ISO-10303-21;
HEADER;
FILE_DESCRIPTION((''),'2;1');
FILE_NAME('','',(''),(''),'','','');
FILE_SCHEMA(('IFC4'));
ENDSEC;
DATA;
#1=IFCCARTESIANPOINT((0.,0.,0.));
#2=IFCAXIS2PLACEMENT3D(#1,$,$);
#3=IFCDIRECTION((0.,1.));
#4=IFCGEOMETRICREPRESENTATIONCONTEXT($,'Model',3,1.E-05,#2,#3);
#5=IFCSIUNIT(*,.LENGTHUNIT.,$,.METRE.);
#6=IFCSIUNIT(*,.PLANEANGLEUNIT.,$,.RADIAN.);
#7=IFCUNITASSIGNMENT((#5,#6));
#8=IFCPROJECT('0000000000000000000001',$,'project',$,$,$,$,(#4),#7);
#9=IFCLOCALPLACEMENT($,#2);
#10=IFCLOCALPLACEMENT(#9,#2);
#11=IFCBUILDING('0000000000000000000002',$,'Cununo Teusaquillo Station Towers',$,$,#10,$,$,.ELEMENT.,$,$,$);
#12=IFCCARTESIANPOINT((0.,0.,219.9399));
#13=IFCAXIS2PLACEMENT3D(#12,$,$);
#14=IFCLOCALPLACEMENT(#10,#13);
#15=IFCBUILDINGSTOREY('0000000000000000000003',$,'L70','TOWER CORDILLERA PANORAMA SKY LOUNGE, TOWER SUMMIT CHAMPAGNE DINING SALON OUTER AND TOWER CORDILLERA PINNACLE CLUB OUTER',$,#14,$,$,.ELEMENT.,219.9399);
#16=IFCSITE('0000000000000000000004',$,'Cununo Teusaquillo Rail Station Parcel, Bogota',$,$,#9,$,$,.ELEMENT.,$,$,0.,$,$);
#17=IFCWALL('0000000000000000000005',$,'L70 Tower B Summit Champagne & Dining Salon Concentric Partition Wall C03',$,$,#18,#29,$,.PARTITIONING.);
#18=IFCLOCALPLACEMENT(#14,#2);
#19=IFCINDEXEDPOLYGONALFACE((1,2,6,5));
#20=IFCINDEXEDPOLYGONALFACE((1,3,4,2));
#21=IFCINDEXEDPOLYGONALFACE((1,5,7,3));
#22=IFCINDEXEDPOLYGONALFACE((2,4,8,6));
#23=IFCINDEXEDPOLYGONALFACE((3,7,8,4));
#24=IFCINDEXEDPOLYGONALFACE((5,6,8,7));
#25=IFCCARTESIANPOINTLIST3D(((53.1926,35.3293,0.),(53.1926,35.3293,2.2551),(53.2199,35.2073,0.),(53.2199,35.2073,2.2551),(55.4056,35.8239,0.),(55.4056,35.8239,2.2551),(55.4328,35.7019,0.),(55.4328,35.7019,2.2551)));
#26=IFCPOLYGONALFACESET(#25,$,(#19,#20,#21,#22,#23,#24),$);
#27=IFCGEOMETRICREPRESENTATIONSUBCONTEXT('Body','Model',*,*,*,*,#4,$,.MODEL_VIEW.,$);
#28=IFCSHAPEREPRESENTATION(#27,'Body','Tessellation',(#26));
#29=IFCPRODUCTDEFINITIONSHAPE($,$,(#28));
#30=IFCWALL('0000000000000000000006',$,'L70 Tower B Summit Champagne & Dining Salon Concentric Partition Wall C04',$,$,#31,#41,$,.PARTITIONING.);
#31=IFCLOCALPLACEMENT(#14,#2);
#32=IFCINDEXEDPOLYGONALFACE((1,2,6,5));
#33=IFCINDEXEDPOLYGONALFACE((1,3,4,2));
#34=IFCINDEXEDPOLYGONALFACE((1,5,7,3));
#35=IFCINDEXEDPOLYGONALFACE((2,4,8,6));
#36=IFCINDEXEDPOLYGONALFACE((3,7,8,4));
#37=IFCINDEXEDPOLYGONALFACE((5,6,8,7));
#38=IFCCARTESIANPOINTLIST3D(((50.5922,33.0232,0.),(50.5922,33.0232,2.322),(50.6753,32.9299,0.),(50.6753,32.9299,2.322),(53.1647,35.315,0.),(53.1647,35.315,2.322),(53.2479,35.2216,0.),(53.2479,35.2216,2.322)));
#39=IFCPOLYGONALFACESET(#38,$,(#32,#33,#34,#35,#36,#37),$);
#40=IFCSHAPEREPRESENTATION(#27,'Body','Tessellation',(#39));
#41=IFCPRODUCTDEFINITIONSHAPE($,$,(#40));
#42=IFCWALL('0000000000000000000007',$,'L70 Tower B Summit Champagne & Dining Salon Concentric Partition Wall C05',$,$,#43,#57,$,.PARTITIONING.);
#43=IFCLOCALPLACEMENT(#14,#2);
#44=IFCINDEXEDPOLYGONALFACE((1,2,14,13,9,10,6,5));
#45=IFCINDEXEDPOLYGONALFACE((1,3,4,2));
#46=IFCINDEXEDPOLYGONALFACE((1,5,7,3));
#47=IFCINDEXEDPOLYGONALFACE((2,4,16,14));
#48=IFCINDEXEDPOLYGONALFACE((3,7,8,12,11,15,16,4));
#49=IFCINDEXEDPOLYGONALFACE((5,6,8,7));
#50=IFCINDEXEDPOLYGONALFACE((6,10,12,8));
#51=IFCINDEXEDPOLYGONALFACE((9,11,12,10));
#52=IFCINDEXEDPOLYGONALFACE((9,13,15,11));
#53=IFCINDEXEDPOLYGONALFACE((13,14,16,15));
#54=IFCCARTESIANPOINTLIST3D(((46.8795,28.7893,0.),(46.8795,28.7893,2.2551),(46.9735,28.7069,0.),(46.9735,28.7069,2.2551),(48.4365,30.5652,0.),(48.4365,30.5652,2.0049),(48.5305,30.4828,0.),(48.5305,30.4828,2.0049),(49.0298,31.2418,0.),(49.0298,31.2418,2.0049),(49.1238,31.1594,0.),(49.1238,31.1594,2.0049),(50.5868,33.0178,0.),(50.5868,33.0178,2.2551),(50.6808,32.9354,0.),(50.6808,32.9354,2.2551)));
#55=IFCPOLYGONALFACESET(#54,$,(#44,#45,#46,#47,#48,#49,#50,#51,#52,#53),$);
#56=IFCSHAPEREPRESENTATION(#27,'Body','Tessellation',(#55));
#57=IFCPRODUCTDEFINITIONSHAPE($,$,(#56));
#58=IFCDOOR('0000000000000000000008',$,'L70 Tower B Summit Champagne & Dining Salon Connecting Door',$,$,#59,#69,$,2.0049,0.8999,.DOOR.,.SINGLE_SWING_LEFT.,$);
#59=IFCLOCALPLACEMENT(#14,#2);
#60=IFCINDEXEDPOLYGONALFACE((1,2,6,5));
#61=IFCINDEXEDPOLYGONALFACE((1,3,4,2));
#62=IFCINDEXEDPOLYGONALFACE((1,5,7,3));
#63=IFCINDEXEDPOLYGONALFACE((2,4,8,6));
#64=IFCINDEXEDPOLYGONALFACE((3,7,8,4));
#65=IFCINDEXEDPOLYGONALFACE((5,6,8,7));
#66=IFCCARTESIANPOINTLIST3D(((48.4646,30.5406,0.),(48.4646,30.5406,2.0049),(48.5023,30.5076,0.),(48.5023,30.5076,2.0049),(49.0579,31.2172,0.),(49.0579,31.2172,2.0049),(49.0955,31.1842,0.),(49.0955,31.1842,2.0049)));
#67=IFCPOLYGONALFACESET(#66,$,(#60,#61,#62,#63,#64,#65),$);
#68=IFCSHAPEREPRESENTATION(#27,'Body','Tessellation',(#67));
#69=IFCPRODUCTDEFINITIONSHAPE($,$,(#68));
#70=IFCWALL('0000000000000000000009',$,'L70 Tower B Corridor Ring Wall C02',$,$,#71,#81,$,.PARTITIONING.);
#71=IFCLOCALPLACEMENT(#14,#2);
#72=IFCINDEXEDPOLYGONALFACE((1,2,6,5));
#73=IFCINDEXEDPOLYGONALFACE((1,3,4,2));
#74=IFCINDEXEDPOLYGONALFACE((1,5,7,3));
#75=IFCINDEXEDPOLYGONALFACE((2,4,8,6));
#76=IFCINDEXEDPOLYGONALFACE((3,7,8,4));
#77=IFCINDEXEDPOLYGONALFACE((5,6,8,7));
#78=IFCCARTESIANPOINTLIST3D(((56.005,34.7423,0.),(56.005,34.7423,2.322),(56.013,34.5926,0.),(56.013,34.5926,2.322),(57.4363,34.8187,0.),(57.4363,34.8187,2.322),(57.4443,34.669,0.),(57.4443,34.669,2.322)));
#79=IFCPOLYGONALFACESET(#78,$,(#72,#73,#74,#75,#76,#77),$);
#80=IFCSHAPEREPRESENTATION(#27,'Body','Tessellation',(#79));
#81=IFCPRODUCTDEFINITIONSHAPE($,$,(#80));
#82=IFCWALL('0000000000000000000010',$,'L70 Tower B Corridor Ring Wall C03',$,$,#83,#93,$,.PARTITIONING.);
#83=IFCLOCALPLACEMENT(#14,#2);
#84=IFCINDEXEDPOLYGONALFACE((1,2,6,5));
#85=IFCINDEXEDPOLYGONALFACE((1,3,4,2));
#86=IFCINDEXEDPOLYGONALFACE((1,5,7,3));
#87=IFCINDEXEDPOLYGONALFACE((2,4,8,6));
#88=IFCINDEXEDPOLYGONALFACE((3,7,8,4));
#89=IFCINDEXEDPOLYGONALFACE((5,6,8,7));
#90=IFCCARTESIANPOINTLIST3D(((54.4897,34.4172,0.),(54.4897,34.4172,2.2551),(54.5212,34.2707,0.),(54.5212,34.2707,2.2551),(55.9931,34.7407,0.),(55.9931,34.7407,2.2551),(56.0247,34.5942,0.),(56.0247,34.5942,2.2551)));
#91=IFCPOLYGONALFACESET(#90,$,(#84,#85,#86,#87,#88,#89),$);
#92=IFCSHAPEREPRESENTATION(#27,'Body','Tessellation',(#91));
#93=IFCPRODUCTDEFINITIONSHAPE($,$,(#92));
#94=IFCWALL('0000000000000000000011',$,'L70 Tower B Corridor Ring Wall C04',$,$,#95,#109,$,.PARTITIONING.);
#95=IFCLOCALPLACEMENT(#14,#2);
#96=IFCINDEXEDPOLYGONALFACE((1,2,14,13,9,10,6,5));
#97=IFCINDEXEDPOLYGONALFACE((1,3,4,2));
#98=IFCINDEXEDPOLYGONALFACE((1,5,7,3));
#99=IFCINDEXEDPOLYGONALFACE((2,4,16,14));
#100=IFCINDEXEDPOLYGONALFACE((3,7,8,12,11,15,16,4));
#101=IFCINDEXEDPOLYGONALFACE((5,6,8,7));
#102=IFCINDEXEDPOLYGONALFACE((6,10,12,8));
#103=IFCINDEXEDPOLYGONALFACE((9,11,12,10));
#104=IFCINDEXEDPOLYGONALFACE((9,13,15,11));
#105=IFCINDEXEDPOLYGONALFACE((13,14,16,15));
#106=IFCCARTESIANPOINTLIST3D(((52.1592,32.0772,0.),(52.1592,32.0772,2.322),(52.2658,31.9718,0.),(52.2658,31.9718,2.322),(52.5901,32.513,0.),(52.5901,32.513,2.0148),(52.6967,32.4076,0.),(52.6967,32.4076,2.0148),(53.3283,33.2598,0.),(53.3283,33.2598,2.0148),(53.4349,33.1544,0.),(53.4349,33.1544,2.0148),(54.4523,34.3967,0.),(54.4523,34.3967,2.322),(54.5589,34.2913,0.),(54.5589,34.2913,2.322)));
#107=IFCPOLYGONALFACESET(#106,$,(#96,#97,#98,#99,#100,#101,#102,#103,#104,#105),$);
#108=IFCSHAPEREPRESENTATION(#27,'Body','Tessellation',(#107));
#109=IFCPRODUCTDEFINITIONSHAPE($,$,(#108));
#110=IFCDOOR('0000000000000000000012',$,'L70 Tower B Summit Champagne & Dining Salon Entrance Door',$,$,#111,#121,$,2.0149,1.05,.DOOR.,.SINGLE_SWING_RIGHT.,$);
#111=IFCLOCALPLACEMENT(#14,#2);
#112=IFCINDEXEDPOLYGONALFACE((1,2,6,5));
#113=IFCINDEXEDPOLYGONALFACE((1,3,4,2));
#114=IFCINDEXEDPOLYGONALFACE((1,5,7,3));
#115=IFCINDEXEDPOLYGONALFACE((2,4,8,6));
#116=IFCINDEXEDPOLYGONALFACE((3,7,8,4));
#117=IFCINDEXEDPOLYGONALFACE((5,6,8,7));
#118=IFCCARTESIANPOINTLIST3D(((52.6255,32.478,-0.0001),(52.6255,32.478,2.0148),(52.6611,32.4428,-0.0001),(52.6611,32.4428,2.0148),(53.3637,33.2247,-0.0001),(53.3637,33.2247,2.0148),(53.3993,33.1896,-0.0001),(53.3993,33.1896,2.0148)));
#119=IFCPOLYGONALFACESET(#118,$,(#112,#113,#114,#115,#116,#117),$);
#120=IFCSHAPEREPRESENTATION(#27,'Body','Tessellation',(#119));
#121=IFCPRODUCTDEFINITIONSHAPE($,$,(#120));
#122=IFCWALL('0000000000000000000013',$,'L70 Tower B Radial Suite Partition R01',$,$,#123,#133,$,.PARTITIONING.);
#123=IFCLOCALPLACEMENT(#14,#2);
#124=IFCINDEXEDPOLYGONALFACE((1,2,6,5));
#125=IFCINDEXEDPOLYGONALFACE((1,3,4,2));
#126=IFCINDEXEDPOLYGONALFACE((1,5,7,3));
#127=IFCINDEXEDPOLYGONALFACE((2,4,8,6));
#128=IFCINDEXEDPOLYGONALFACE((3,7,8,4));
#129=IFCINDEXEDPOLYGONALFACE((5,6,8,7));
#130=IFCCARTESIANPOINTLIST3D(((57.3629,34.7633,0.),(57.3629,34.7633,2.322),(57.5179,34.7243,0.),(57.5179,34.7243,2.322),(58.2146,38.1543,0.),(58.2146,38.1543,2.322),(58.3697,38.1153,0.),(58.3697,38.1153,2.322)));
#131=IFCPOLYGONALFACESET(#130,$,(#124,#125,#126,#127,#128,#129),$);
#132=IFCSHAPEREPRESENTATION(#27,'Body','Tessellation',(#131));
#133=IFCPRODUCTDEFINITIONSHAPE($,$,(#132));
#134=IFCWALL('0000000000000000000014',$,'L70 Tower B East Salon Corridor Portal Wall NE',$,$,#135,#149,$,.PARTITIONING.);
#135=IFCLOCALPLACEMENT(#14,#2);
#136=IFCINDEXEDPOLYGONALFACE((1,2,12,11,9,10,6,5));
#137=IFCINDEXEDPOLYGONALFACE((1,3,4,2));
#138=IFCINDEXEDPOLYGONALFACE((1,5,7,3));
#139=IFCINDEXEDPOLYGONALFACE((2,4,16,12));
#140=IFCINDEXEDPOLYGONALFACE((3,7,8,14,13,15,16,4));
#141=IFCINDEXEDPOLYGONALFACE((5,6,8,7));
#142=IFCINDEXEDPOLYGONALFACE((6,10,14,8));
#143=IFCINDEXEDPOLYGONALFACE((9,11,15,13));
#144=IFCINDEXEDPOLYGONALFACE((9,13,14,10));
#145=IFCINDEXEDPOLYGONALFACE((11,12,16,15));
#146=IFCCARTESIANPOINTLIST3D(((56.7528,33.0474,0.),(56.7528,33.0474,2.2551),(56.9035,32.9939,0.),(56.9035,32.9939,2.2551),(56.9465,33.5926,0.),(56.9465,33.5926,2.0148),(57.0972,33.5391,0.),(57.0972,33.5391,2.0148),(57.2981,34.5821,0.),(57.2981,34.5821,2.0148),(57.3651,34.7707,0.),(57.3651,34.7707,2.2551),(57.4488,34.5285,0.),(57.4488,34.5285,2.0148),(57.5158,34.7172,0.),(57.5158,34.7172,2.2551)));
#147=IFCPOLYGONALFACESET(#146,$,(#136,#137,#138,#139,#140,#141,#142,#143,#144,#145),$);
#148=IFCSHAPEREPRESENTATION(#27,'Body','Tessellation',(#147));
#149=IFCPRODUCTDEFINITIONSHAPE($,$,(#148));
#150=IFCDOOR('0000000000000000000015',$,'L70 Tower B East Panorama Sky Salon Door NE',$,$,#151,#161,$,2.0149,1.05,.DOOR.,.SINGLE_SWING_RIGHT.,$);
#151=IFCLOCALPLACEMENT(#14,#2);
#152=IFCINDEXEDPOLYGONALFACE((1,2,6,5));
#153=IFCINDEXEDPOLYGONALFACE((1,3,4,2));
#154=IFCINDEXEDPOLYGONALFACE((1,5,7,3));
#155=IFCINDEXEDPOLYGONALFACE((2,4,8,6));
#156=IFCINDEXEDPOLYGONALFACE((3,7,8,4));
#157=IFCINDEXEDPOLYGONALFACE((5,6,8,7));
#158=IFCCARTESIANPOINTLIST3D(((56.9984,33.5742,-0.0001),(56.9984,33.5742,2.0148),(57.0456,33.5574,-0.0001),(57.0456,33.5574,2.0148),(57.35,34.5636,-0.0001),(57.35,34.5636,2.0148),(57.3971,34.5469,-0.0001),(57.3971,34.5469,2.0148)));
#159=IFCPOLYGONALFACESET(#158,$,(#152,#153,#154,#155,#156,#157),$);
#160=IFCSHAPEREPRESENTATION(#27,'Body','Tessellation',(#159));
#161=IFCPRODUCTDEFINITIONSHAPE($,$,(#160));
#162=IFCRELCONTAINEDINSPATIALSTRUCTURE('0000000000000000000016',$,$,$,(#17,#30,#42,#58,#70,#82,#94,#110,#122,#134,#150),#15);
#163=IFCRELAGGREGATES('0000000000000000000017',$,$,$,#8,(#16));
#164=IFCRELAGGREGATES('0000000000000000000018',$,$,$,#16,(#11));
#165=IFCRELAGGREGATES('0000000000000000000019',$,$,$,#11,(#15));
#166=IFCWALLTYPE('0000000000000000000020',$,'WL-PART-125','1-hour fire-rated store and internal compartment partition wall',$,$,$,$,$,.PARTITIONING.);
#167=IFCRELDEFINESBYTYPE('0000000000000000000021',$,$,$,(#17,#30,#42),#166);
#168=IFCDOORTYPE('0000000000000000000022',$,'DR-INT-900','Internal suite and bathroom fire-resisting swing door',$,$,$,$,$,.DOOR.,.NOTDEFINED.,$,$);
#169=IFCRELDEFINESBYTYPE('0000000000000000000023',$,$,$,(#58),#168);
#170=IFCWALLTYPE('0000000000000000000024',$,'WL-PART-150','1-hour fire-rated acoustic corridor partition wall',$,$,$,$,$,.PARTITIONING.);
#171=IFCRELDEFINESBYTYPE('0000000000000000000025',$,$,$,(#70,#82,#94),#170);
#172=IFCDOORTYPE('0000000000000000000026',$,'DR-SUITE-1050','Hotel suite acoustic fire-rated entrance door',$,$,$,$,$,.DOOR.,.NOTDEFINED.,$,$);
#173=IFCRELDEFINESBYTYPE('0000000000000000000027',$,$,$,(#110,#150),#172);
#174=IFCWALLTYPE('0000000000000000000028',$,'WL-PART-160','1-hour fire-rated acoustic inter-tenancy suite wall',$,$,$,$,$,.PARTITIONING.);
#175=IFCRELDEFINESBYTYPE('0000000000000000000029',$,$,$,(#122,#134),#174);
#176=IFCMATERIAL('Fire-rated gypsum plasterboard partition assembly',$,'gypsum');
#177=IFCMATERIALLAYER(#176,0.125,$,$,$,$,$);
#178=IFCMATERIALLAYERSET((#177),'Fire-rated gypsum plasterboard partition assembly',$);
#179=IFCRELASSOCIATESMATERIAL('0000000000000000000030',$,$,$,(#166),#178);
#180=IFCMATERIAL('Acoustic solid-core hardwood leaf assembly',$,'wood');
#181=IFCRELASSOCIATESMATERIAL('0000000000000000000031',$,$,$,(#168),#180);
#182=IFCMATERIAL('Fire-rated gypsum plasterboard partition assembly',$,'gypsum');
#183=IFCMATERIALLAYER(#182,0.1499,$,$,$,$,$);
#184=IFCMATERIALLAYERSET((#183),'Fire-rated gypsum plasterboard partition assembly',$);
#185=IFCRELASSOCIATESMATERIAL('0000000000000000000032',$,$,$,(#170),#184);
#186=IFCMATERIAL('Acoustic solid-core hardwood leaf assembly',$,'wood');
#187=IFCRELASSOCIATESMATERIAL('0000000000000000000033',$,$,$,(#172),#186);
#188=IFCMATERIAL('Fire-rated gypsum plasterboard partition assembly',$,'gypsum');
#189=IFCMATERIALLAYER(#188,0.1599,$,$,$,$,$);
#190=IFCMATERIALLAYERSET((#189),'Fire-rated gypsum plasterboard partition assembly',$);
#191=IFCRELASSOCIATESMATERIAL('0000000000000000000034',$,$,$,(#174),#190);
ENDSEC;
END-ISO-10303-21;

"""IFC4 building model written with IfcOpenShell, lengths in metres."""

from ifc_helpers import new_model, si_unit, direction, frame, frame_2d, origin, place, context, subcontext, project, spatial, rectangle, extrude, source, transform, mapped, material, layer, layer_set, type_object, element, fill, save


model = new_model("IFC4")

# Units and contexts
model_context = context("Model", 3, precision=1e-05, world=origin(), true_north=direction((0.0, 1.0)))
body_context = subcontext(model_context, "Body", "Model", "MODEL_VIEW")
ifc_project = project(units=[si_unit("LENGTHUNIT", "METRE"), si_unit("PLANEANGLEUNIT", "RADIAN")], contexts=[model_context])

# Site, building, storey
site_placement = place(None, origin())
site = spatial("IfcSite", under=ifc_project, at=site_placement, Name="Cununo Teusaquillo Rail Station Parcel, Bogota", CompositionType="ELEMENT", RefElevation=0.0)
building_placement = place(site_placement, origin())
building = spatial("IfcBuilding", under=site, at=building_placement, Name="Cununo Teusaquillo Station Towers", CompositionType="ELEMENT")
storey_placement = place(building_placement, frame((0.0, 0.0, 219.9399)))
storey = spatial("IfcBuildingStorey", under=building, at=storey_placement, Name="L70", Description="TOWER CORDILLERA PANORAMA SKY LOUNGE, TOWER SUMMIT CHAMPAGNE DINING SALON OUTER AND TOWER CORDILLERA PINNACLE CLUB OUTER", CompositionType="ELEMENT", Elevation=219.9399)

# Walls
ifc_material_1 = material(Name="Fire-rated gypsum plasterboard partition assembly", Category="gypsum")
ifc_layer_1 = layer(ifc_material_1, 0.125)
ifc_layer_set_1 = layer_set([ifc_layer_1], Name="Fire-rated gypsum plasterboard partition assembly")
wall_type_1 = type_object("IfcWallType", Name="WL-PART-125", Description="1-hour fire-rated store and internal compartment partition wall", PredefinedType="PARTITIONING", material=ifc_layer_set_1)
wall_1_placement = place(storey_placement, frame((55.4192, 35.7629, 0.0), z_axis=(0.0, 0.0, 1.0), x_axis=(-0.975918, -0.218139, 0.0)))
element("IfcWall", 1, at=wall_1_placement, inside=storey, type_object=wall_type_1, Name="L70 Tower B Summit Champagne & Dining Salon Concentric Partition Wall C03", PredefinedType="PARTITIONING", context=body_context, shape_type="SweptSolid", body=[
    extrude(rectangle(XDim=2.2676, YDim=0.125, at=frame_2d((1.1338, 0.0))), origin(), (0.0, 0.0, 1.0), 2.2551),
])
wall_2_placement = place(storey_placement, frame((53.2063, 35.2683, 0.0), z_axis=(0.0, 0.0, 1.0), x_axis=(-0.746678, -0.665186, 0.0)))
element("IfcWall", 2, at=wall_2_placement, inside=storey, type_object=wall_type_1, Name="L70 Tower B Summit Champagne & Dining Salon Concentric Partition Wall C04", PredefinedType="PARTITIONING", context=body_context, shape_type="SweptSolid", body=[
    extrude(rectangle(XDim=3.4453, YDim=0.125, at=frame_2d((1.7227, 0.0))), origin(), (0.0, 0.0, 1.0), 2.322),
])

# Wall, opening, door
wall_3_placement = place(storey_placement, frame((50.6338, 32.9766, 0.0), z_axis=(0.0, 0.0, 1.0), x_axis=(-0.659242, -0.751931, 0.0)))
wall_3 = element("IfcWall", 3, at=wall_3_placement, inside=storey, type_object=wall_type_1, Name="L70 Tower B Summit Champagne & Dining Salon Concentric Partition Wall C05", PredefinedType="PARTITIONING", context=body_context, shape_type="SweptSolid", body=[
    extrude(rectangle(XDim=5.6235, YDim=0.125, at=frame_2d((2.8118, 0.0))), origin(), (0.0, 0.0, 1.0), 2.2551),
])
shared_shape_1 = source(origin(), body_context, "Body", "SweptSolid", [
    extrude(rectangle(XDim=0.8999, YDim=2.0049, at=frame_2d((0.45, 1.0024))), frame((0.0, 0.0725, 0.0), z_axis=(0.0, -1.0, 0.0), x_axis=(1.0, 0.0, 0.0)), (0.0, 0.0, 1.0), 0.145),
])
opening_1_placement = place(wall_3_placement, frame((2.3618, 0.0, 0.0)))
opening_1 = element("IfcOpeningElement", 4, at=opening_1_placement, cuts=wall_3, PredefinedType="OPENING", context=body_context, shape_type="MappedRepresentation", body=[
    mapped(shared_shape_1, transform((0.0, 0.0, 0.0), x_axis=(1.0, 0.0, 0.0), y_axis=(0.0, 1.0, 0.0), z_axis=(0.0, 0.0, 1.0), scale=1.0)),
])
ifc_material_2 = material(Name="Acoustic solid-core hardwood leaf assembly", Category="wood")
door_type_1 = type_object("IfcDoorType", Name="DR-INT-900", Description="Internal suite and bathroom fire-resisting swing door", OperationType="NOTDEFINED", PredefinedType="DOOR", material=ifc_material_2)
shared_shape_2 = source(origin(), body_context, "Body", "SweptSolid", [
    extrude(rectangle(XDim=0.8999, YDim=2.0049, at=frame_2d((0.45, 1.0024))), frame((0.0, 0.0249, 0.0), z_axis=(0.0, -1.0, 0.0), x_axis=(1.0, 0.0, 0.0)), (0.0, 0.0, 1.0), 0.05),
])
door_1_placement = place(opening_1_placement, origin())
door_1 = element("IfcDoor", 5, at=door_1_placement, inside=storey, type_object=door_type_1, Name="L70 Tower B Summit Champagne & Dining Salon Connecting Door", OperationType="SINGLE_SWING_LEFT", OverallHeight=2.0049, OverallWidth=0.8999, PredefinedType="DOOR", context=body_context, shape_type="MappedRepresentation", body=[
    mapped(shared_shape_2, transform((0.0, 0.0, 0.0), x_axis=(1.0, 0.0, 0.0), y_axis=(0.0, 1.0, 0.0), z_axis=(0.0, 0.0, 1.0), scale=1.0)),
])
fill(opening_1, door_1)

# Walls
ifc_material_3 = material(Name="Fire-rated gypsum plasterboard partition assembly", Category="gypsum")
ifc_layer_2 = layer(ifc_material_3, 0.1499)
ifc_layer_set_2 = layer_set([ifc_layer_2], Name="Fire-rated gypsum plasterboard partition assembly")
wall_type_2 = type_object("IfcWallType", Name="WL-PART-150", Description="1-hour fire-rated acoustic corridor partition wall", PredefinedType="PARTITIONING", material=ifc_layer_set_2)
wall_4_placement = place(storey_placement, frame((57.4404, 34.7439, 0.0), z_axis=(0.0, 0.0, 1.0), x_axis=(-0.998578, -0.05331, 0.0)))
element("IfcWall", 6, at=wall_4_placement, inside=storey, type_object=wall_type_2, Name="L70 Tower B Corridor Ring Wall C02", PredefinedType="PARTITIONING", context=body_context, shape_type="SweptSolid", body=[
    extrude(rectangle(XDim=1.4333, YDim=0.1499, at=frame_2d((0.7168, 0.0))), origin(), (0.0, 0.0, 1.0), 2.322),
])
wall_5_placement = place(storey_placement, frame((56.009, 34.6675, 0.0), z_axis=(0.0, 0.0, 1.0), x_axis=(-0.977625, -0.210353, 0.0)))
element("IfcWall", 7, at=wall_5_placement, inside=storey, type_object=wall_type_2, Name="L70 Tower B Corridor Ring Wall C03", PredefinedType="PARTITIONING", context=body_context, shape_type="SweptSolid", body=[
    extrude(rectangle(XDim=1.5378, YDim=0.1499, at=frame_2d((0.769, 0.0))), origin(), (0.0, 0.0, 1.0), 2.2551),
])

# Wall, opening, door
wall_6_placement = place(storey_placement, frame((54.5056, 34.344, 0.0), z_axis=(0.0, 0.0, 1.0), x_axis=(-0.703053, -0.711137, 0.0)))
wall_6 = element("IfcWall", 8, at=wall_6_placement, inside=storey, type_object=wall_type_2, Name="L70 Tower B Corridor Ring Wall C04", PredefinedType="PARTITIONING", context=body_context, shape_type="SweptSolid", body=[
    extrude(rectangle(XDim=3.2617, YDim=0.1499, at=frame_2d((1.6309, 0.0))), origin(), (0.0, 0.0, 1.0), 2.322),
])
shared_shape_3 = source(origin(), body_context, "Body", "SweptSolid", [
    extrude(rectangle(XDim=1.05, YDim=2.0149, at=frame_2d((0.5249, 1.0073))), frame((0.0, 0.085, 0.0), z_axis=(0.0, -1.0, 0.0), x_axis=(1.0, 0.0, 0.0)), (0.0, 0.0, 1.0), 0.1699),
])
opening_2_placement = place(wall_6_placement, frame((1.5989, 0.0, 0.0)))
opening_2 = element("IfcOpeningElement", 9, at=opening_2_placement, cuts=wall_6, PredefinedType="OPENING", context=body_context, shape_type="MappedRepresentation", body=[
    mapped(shared_shape_3, transform((0.0, 0.0, 0.0), x_axis=(1.0, 0.0, 0.0), y_axis=(0.0, 1.0, 0.0), z_axis=(0.0, 0.0, 1.0), scale=1.0)),
])
ifc_material_4 = material(Name="Acoustic solid-core hardwood leaf assembly", Category="wood")
door_type_2 = type_object("IfcDoorType", Name="DR-SUITE-1050", Description="Hotel suite acoustic fire-rated entrance door", OperationType="NOTDEFINED", PredefinedType="DOOR", material=ifc_material_4)
shared_shape_4 = source(origin(), body_context, "Body", "SweptSolid", [
    extrude(rectangle(XDim=1.05, YDim=2.0149, at=frame_2d((0.5249, 1.0073))), frame((0.0, 0.0249, 0.0), z_axis=(0.0, -1.0, 0.0), x_axis=(1.0, 0.0, 0.0)), (0.0, 0.0, 1.0), 0.05),
])
door_2_placement = place(opening_2_placement, origin())
door_2 = element("IfcDoor", 10, at=door_2_placement, inside=storey, type_object=door_type_2, Name="L70 Tower B Summit Champagne & Dining Salon Entrance Door", OperationType="SINGLE_SWING_RIGHT", OverallHeight=2.0149, OverallWidth=1.05, PredefinedType="DOOR", context=body_context, shape_type="MappedRepresentation", body=[
    mapped(shared_shape_4, transform((0.0, 0.0, 0.0), x_axis=(1.0, 0.0, 0.0), y_axis=(0.0, 1.0, 0.0), z_axis=(0.0, 0.0, 1.0), scale=1.0)),
])
fill(opening_2, door_2)

# Wall
ifc_material_5 = material(Name="Fire-rated gypsum plasterboard partition assembly", Category="gypsum")
ifc_layer_3 = layer(ifc_material_5, 0.1599)
ifc_layer_set_3 = layer_set([ifc_layer_3], Name="Fire-rated gypsum plasterboard partition assembly")
wall_type_3 = type_object("IfcWallType", Name="WL-PART-160", Description="1-hour fire-rated acoustic inter-tenancy suite wall", PredefinedType="PARTITIONING", material=ifc_layer_set_3)
wall_7_placement = place(storey_placement, frame((57.4404, 34.7439, 0.0), z_axis=(0.0, 0.0, 1.0), x_axis=(0.24362, 0.969871, 0.0)))
element("IfcWall", 11, at=wall_7_placement, inside=storey, type_object=wall_type_3, Name="L70 Tower B Radial Suite Partition R01", PredefinedType="PARTITIONING", context=body_context, shape_type="SweptSolid", body=[
    extrude(rectangle(XDim=3.4963, YDim=0.1599, at=frame_2d((1.748, 0.0))), origin(), (0.0, 0.0, 1.0), 2.322),
])

# Wall, opening, door
wall_8_placement = place(storey_placement, frame((56.8281, 33.0205, 0.0), z_axis=(0.0, 0.0, 1.0), x_axis=(0.334788, 0.942293, 0.0)))
wall_8 = element("IfcWall", 12, at=wall_8_placement, inside=storey, type_object=wall_type_3, Name="L70 Tower B East Salon Corridor Portal Wall NE", PredefinedType="PARTITIONING", context=body_context, shape_type="SweptSolid", body=[
    extrude(rectangle(XDim=1.8289, YDim=0.1599, at=frame_2d((0.9146, 0.0))), origin(), (0.0, 0.0, 1.0), 2.2551),
])
shared_shape_5 = source(origin(), body_context, "Body", "SweptSolid", [
    extrude(rectangle(XDim=1.05, YDim=2.0149, at=frame_2d((0.5249, 1.0073))), frame((0.0, 0.0898, 0.0), z_axis=(0.0, -1.0, 0.0), x_axis=(1.0, 0.0, 0.0)), (0.0, 0.0, 1.0), 0.1799),
])
opening_3_placement = place(wall_8_placement, frame((0.5789, 0.0, 0.0)))
opening_3 = element("IfcOpeningElement", 13, at=opening_3_placement, cuts=wall_8, PredefinedType="OPENING", context=body_context, shape_type="MappedRepresentation", body=[
    mapped(shared_shape_5, transform((0.0, 0.0, 0.0), x_axis=(1.0, 0.0, 0.0), y_axis=(0.0, 1.0, 0.0), z_axis=(0.0, 0.0, 1.0), scale=1.0)),
])
door_3_placement = place(opening_3_placement, origin())
door_3 = element("IfcDoor", 14, at=door_3_placement, inside=storey, type_object=door_type_2, Name="L70 Tower B East Panorama Sky Salon Door NE", OperationType="SINGLE_SWING_RIGHT", OverallHeight=2.0149, OverallWidth=1.05, PredefinedType="DOOR", context=body_context, shape_type="MappedRepresentation", body=[
    mapped(shared_shape_4, transform((0.0, 0.0, 0.0), x_axis=(1.0, 0.0, 0.0), y_axis=(0.0, 1.0, 0.0), z_axis=(0.0, 0.0, 1.0), scale=1.0)),
])
fill(opening_3, door_3)

save(model, "model.ifc")
